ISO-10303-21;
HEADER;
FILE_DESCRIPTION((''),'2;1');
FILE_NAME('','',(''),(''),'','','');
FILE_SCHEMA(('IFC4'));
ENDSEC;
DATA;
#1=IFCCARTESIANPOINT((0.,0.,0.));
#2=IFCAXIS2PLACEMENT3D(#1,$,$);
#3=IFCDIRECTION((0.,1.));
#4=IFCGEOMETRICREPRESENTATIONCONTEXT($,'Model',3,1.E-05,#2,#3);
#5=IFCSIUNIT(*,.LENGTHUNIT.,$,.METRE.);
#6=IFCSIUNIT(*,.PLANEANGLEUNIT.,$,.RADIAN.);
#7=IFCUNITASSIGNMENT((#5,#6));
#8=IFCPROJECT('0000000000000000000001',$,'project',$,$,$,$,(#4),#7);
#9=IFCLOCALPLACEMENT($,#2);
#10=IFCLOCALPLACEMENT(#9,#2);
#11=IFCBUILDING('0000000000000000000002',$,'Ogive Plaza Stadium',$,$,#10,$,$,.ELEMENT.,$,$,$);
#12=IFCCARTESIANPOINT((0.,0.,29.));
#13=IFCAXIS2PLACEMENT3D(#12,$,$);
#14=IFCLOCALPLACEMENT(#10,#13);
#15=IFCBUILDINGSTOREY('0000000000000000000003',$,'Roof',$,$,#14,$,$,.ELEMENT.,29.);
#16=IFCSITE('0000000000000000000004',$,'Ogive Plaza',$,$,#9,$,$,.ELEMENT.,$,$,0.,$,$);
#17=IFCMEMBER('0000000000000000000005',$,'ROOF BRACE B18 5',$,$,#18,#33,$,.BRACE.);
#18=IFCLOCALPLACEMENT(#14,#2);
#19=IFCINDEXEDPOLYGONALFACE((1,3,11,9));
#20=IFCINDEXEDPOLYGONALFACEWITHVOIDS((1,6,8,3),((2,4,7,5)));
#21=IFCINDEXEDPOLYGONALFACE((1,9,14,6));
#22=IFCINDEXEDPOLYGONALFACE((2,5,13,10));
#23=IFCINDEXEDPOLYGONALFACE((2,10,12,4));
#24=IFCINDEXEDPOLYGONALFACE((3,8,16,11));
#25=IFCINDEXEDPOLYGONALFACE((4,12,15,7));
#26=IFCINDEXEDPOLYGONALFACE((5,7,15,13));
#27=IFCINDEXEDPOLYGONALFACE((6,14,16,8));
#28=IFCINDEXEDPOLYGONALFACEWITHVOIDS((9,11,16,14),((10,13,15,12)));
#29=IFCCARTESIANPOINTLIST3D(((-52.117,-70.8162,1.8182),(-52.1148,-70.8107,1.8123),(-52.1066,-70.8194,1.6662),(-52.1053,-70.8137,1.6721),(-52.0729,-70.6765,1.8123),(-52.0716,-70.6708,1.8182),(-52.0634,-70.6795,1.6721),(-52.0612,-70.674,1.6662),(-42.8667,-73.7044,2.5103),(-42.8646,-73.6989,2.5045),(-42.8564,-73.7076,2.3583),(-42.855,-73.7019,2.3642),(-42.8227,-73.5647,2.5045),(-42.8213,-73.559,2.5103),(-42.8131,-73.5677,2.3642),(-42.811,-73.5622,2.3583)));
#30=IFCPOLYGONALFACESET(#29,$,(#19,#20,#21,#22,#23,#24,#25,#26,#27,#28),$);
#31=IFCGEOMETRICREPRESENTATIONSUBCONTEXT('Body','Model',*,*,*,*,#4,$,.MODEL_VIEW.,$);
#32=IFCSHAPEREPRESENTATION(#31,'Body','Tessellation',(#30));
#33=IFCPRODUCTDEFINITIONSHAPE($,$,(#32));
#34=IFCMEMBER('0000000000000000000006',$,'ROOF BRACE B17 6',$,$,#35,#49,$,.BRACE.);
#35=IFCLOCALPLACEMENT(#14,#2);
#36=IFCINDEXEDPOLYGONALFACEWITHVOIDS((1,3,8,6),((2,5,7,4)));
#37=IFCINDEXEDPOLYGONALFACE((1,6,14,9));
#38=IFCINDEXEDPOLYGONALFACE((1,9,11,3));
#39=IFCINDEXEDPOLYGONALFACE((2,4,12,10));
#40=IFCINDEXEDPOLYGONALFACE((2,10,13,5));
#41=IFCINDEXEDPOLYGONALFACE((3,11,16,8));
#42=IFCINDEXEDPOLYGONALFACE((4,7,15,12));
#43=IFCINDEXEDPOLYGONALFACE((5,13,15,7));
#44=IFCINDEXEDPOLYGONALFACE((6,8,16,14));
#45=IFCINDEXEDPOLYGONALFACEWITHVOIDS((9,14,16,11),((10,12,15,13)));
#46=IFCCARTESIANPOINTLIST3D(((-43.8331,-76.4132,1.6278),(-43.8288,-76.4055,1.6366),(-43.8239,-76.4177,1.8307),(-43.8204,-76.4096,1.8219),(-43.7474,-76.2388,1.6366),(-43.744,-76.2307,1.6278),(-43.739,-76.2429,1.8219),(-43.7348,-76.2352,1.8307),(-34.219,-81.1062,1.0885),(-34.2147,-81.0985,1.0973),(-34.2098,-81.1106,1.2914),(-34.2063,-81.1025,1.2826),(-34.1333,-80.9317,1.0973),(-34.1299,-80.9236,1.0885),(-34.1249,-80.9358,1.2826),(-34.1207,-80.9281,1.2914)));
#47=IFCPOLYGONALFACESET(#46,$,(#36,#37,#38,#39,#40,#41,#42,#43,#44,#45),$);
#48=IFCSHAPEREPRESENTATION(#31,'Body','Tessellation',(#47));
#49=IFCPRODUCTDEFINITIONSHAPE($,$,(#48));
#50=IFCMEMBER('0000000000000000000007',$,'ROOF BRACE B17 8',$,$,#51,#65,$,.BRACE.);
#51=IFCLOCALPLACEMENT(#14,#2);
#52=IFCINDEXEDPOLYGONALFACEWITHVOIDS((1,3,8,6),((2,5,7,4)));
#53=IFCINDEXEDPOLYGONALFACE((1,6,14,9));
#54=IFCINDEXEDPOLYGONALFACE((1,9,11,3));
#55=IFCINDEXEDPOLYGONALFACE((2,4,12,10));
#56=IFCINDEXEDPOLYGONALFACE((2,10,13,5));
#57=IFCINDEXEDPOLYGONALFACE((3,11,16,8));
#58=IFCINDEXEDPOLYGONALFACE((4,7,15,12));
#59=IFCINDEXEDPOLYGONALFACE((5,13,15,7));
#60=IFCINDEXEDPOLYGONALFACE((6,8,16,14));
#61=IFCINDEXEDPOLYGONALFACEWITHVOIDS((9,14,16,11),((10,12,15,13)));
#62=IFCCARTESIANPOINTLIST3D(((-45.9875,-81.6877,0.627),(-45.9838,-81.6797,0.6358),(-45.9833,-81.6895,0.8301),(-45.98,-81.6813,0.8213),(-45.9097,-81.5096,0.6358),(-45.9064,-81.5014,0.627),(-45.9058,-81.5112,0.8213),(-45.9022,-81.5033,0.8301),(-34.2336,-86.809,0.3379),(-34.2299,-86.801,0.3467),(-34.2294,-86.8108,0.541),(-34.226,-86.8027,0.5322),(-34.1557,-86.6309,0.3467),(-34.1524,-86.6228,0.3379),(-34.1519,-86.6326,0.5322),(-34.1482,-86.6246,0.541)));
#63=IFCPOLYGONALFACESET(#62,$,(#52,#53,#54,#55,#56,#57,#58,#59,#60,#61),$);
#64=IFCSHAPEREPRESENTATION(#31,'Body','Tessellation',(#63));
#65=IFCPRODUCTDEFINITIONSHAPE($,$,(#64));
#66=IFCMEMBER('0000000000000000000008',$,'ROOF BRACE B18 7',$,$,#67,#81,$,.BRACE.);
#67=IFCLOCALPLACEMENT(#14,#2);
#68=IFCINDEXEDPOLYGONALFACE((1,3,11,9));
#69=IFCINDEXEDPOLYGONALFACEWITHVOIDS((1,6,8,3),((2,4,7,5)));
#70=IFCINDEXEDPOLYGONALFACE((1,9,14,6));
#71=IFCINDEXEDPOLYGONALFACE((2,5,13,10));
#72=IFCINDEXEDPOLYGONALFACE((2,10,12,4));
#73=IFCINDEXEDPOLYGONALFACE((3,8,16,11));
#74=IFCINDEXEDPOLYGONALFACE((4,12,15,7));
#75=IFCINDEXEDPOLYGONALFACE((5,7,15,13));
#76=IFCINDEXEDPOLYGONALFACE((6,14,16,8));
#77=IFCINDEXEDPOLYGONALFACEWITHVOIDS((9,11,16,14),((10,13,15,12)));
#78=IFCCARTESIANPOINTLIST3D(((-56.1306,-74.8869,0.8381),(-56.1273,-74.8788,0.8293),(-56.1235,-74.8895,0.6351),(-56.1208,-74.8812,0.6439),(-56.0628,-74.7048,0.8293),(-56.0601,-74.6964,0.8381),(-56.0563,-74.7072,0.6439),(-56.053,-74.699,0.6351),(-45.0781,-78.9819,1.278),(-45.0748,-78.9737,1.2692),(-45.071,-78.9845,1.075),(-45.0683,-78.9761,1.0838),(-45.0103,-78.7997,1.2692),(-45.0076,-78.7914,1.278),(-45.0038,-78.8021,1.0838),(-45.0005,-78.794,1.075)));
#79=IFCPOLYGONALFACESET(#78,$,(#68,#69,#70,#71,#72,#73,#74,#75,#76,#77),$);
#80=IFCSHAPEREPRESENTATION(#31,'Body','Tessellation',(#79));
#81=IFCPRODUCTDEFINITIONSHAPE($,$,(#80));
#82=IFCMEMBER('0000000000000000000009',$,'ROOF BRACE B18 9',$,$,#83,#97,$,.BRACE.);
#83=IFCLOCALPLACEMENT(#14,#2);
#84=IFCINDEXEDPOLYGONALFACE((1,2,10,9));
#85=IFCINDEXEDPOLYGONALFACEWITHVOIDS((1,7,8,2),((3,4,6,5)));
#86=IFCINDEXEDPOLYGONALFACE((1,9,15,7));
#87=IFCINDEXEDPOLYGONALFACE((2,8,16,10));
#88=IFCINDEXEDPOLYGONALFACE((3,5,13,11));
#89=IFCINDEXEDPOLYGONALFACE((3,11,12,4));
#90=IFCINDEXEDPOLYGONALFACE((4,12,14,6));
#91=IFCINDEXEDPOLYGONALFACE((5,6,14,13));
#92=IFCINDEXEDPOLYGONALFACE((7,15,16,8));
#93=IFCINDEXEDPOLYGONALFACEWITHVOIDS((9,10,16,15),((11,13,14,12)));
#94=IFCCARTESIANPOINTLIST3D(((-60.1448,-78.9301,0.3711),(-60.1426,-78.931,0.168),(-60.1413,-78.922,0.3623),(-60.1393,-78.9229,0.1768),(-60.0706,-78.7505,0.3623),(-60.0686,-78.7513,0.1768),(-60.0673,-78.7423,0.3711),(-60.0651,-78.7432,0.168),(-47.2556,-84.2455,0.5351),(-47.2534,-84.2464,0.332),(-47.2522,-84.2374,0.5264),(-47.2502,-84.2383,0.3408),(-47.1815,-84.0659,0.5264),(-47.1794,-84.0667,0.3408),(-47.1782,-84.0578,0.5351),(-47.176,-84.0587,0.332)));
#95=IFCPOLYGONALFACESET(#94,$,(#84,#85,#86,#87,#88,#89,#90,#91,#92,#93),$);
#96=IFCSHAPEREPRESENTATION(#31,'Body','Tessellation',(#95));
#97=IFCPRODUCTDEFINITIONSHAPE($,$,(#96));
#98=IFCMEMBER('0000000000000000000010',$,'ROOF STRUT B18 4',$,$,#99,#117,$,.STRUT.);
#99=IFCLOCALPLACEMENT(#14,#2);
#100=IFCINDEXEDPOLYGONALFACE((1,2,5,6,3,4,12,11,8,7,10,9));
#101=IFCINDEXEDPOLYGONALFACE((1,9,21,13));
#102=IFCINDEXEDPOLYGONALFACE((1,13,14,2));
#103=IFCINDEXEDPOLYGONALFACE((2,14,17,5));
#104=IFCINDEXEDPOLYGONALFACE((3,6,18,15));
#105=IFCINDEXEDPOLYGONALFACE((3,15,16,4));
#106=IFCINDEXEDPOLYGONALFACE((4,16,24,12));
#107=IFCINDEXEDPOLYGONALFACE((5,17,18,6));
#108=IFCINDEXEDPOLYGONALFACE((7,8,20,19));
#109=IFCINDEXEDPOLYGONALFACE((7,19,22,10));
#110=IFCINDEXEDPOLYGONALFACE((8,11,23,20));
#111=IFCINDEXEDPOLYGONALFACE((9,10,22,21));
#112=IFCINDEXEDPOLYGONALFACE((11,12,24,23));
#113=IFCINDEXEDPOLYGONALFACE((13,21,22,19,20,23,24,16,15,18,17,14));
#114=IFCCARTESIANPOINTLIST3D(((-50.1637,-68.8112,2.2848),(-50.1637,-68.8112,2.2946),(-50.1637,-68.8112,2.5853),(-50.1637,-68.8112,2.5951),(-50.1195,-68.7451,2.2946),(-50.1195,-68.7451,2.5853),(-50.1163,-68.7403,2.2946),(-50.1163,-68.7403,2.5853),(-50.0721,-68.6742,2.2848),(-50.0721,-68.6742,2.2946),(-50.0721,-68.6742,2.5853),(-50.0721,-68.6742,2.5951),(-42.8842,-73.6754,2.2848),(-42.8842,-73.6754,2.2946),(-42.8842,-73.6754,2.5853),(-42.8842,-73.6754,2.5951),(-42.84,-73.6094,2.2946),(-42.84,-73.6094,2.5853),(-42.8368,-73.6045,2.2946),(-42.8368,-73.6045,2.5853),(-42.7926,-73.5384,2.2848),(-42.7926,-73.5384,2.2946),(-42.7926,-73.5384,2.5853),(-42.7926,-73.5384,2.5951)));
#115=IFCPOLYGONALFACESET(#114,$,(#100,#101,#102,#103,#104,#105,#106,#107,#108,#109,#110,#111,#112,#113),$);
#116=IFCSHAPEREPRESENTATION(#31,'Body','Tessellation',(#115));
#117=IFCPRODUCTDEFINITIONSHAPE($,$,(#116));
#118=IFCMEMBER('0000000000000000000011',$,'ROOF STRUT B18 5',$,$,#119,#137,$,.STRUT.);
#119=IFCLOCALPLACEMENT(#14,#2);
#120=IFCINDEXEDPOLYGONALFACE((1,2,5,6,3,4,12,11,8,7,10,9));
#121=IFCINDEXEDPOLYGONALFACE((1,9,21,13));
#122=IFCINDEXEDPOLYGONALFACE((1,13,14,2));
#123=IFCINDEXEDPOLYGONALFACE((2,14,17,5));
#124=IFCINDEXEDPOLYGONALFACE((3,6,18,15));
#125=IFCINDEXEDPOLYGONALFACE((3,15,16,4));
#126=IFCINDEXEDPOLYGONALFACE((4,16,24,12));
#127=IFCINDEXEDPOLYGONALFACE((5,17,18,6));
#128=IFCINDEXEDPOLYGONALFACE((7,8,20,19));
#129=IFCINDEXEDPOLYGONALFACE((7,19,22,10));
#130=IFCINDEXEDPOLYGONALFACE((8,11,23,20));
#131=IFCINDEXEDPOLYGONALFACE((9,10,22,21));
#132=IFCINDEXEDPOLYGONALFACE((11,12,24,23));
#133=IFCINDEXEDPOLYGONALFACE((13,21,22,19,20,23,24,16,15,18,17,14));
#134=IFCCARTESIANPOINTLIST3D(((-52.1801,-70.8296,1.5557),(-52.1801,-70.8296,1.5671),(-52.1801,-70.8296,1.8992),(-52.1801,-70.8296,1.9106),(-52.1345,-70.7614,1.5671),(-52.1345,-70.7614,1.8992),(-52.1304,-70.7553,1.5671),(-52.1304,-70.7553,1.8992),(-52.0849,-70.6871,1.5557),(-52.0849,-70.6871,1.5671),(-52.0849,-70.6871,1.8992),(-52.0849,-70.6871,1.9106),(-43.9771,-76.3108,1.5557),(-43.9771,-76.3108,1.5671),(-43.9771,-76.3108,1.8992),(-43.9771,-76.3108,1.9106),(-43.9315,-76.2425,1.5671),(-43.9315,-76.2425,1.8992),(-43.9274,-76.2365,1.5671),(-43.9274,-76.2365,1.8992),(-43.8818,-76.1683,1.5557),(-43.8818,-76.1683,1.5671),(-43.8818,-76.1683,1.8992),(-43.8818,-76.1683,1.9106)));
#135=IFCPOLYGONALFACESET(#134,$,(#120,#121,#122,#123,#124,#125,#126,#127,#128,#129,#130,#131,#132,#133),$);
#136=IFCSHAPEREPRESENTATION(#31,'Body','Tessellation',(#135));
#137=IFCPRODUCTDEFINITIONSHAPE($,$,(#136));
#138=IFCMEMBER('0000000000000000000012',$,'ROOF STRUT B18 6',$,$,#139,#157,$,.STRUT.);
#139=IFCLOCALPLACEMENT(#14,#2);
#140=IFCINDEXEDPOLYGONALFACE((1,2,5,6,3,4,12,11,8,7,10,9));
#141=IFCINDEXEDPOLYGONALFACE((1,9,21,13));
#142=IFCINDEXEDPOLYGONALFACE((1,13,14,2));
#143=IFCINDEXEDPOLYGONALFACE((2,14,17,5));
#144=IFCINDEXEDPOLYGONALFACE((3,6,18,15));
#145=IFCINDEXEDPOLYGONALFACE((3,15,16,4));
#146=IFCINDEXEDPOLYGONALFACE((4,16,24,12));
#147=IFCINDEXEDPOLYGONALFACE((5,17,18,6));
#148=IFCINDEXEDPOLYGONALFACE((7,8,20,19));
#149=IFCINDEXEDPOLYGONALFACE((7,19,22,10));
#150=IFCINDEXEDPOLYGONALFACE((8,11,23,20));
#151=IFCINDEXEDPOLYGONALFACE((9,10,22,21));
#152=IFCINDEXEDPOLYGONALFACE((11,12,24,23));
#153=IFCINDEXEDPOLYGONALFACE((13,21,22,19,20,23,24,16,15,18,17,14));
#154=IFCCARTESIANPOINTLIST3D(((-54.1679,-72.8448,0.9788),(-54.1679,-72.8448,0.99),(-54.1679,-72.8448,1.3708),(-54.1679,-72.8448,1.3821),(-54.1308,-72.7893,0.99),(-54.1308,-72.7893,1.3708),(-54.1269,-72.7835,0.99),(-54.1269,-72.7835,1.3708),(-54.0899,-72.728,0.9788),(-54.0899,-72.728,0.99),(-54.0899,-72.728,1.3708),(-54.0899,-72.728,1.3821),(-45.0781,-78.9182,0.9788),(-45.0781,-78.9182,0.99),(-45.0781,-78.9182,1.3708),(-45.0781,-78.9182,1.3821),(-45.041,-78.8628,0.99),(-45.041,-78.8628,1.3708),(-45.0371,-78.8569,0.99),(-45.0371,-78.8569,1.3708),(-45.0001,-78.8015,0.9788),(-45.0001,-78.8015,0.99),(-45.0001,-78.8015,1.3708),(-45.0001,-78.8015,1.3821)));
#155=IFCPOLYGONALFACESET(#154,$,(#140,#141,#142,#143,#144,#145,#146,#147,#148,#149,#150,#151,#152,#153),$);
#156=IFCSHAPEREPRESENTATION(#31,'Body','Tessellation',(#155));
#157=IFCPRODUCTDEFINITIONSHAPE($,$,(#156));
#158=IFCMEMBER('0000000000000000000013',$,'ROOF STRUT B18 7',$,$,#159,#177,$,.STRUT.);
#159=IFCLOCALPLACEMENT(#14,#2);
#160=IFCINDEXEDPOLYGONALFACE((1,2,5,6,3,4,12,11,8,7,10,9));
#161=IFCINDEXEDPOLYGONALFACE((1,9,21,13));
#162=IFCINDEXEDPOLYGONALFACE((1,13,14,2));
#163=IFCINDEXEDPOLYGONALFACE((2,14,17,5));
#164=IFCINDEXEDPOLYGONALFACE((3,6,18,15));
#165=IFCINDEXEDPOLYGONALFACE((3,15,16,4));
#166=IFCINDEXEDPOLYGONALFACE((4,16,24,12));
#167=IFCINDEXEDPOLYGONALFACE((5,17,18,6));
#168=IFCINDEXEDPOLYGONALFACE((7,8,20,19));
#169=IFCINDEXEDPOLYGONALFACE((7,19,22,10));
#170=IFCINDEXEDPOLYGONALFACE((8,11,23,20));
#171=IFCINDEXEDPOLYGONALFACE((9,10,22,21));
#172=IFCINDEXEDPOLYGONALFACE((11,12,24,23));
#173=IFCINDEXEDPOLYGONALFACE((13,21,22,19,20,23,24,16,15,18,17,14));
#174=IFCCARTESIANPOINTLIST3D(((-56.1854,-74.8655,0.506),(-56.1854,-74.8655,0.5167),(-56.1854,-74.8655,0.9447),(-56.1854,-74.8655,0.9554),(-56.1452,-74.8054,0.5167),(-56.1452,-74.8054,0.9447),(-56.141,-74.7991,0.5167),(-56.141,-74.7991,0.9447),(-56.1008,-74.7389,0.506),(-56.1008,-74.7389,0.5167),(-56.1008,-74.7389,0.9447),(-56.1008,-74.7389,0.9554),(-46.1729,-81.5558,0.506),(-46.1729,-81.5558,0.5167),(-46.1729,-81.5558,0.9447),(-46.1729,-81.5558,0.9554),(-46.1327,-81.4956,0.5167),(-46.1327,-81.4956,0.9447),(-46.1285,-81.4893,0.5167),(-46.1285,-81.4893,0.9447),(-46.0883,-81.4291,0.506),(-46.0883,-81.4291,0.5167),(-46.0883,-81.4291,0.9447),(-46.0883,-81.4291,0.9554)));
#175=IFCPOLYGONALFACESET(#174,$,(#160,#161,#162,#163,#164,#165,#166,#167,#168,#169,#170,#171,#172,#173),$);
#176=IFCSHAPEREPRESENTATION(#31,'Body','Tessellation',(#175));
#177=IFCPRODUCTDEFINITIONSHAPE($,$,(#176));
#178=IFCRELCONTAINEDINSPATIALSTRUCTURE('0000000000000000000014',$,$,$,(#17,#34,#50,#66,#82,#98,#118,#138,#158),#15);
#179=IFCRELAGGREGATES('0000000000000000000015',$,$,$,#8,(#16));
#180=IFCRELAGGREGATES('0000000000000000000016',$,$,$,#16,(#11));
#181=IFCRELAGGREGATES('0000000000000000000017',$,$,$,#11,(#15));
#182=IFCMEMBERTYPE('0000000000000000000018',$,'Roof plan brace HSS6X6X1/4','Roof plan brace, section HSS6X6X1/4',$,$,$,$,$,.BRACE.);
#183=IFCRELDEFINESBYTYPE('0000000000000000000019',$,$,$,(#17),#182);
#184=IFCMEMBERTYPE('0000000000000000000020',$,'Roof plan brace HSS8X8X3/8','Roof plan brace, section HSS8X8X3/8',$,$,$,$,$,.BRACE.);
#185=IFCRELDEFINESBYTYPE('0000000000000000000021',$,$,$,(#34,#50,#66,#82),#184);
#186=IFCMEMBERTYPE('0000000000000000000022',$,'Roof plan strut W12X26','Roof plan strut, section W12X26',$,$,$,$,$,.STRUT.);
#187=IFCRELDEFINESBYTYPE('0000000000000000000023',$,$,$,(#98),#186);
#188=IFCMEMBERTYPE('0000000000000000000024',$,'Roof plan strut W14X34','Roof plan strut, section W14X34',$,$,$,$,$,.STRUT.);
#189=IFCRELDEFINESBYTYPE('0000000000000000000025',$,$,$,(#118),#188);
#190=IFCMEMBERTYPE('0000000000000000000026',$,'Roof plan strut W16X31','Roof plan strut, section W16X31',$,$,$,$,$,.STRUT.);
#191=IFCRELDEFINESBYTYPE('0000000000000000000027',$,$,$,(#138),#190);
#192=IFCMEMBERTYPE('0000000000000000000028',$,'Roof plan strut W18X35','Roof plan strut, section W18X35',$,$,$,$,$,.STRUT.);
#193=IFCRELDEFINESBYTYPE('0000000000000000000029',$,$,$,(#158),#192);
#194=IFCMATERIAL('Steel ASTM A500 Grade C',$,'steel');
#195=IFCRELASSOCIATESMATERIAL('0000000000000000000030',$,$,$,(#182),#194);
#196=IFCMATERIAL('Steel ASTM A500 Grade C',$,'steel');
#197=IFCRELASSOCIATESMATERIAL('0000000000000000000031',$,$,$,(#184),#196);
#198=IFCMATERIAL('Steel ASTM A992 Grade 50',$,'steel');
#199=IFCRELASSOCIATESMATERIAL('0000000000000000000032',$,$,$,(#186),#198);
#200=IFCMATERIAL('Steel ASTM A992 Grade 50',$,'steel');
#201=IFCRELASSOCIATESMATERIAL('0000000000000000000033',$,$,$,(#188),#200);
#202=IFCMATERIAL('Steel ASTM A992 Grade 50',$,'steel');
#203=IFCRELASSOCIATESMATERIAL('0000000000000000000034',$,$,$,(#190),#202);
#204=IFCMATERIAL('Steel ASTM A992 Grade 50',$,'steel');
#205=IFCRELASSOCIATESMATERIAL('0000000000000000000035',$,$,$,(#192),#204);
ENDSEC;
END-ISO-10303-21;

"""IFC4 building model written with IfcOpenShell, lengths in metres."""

from ifc_helpers import new_model, si_unit, direction, frame, origin, origin_2d, place, context, subcontext, project, spatial, hollow_rectangle, i_section, extrude, material, material_profile, profile_set, type_object, element, save


model = new_model("IFC4")

# Units and contexts
model_context = context("Model", 3, precision=1e-05, world=origin(), true_north=direction((0.0, 1.0)))
body_context = subcontext(model_context, "Body", "Model", "MODEL_VIEW")
ifc_project = project(units=[si_unit("LENGTHUNIT", "METRE"), si_unit("PLANEANGLEUNIT", "RADIAN")], contexts=[model_context])

# Site, building, storey
site_placement = place(None, origin())
site = spatial("IfcSite", under=ifc_project, at=site_placement, Name="Ogive Plaza", CompositionType="ELEMENT", RefElevation=0.0)
building_placement = place(site_placement, origin())
building = spatial("IfcBuilding", under=site, at=building_placement, Name="Ogive Plaza Stadium", CompositionType="ELEMENT")
storey_placement = place(building_placement, frame((0.0, 0.0, 29.0)))
storey = spatial("IfcBuildingStorey", under=building, at=storey_placement, Name="Roof", CompositionType="ELEMENT", Elevation=29.0)

# Members
ifc_material_1 = material(Name="Steel ASTM A500 Grade C", Category="steel")
ifc_material_profile_1 = material_profile(ifc_material_1, hollow_rectangle(XDim=0.1523, YDim=0.1523, WallThickness=0.0059, at=origin_2d()), Name="HSS6X6X1/4")
ifc_profile_set_1 = profile_set([ifc_material_profile_1], Name="Steel ASTM A500 Grade C")
member_type_1 = type_object("IfcMemberType", Name="Roof plan brace HSS6X6X1/4", Description="Roof plan brace, section HSS6X6X1/4", PredefinedType="BRACE", material=ifc_profile_set_1)
member_1_placement = place(storey_placement, frame((-42.8389, -73.6333, 2.4343), z_axis=(-0.952128, 0.297281, -0.071242), x_axis=(-0.298038, -0.954554, 0.0)))
element("IfcMember", 1, at=member_1_placement, inside=storey, type_object=member_type_1, Name="ROOF BRACE B18 5", PredefinedType="BRACE", context=body_context, shape_type="SweptSolid", body=[
    extrude(hollow_rectangle(XDim=0.1523, YDim=0.1523, WallThickness=0.0059, at=origin_2d()), origin(), (0.0, 0.0, 1.0), 9.7153),
])
ifc_material_2 = material(Name="Steel ASTM A500 Grade C", Category="steel")
ifc_material_profile_2 = material_profile(ifc_material_2, hollow_rectangle(XDim=0.2031, YDim=0.2031, WallThickness=0.0088, at=origin_2d()), Name="HSS8X8X3/8")
ifc_profile_set_2 = profile_set([ifc_material_profile_2], Name="Steel ASTM A500 Grade C")
member_type_2 = type_object("IfcMemberType", Name="Roof plan brace HSS8X8X3/8", Description="Roof plan brace, section HSS8X8X3/8", PredefinedType="BRACE", material=ifc_profile_set_2)
member_2_placement = place(storey_placement, frame((-43.7839, -76.3242, 1.7292), z_axis=(0.897514, -0.438102, -0.050347), x_axis=(0.438658, 0.898654, 0.0)))
element("IfcMember", 2, at=member_2_placement, inside=storey, type_object=member_type_2, Name="ROOF BRACE B17 6", PredefinedType="BRACE", context=body_context, shape_type="SweptSolid", body=[
    extrude(hollow_rectangle(XDim=0.2031, YDim=0.2031, WallThickness=0.0088, at=origin_2d()), origin(), (0.0, 0.0, 1.0), 10.7119),
])
member_3_placement = place(storey_placement, frame((-45.9448, -81.5955, 0.7285), z_axis=(0.916525, -0.399342, -0.02254), x_axis=(0.399444, 0.916758, 0.0)))
element("IfcMember", 3, at=member_3_placement, inside=storey, type_object=member_type_2, Name="ROOF BRACE B17 8", PredefinedType="BRACE", context=body_context, shape_type="SweptSolid", body=[
    extrude(hollow_rectangle(XDim=0.2031, YDim=0.2031, WallThickness=0.0088, at=origin_2d()), origin(), (0.0, 0.0, 1.0), 12.8245),
])
member_4_placement = place(storey_placement, frame((-45.0393, -78.8879, 1.1765), z_axis=(-0.937056, 0.347181, -0.037299), x_axis=(-0.347423, -0.937709, 0.0)))
element("IfcMember", 4, at=member_4_placement, inside=storey, type_object=member_type_2, Name="ROOF BRACE B18 7", PredefinedType="BRACE", context=body_context, shape_type="SweptSolid", body=[
    extrude(hollow_rectangle(XDim=0.2031, YDim=0.2031, WallThickness=0.0088, at=origin_2d()), origin(), (0.0, 0.0, 1.0), 11.7949),
])
member_5_placement = place(storey_placement, frame((-47.2158, -84.1521, 0.4336), z_axis=(-0.924409, 0.381222, -0.011767), x_axis=(-0.381248, -0.924473, 0.0)))
element("IfcMember", 5, at=member_5_placement, inside=storey, type_object=member_type_2, Name="ROOF BRACE B18 9", PredefinedType="BRACE", context=body_context, shape_type="SweptSolid", body=[
    extrude(hollow_rectangle(XDim=0.2031, YDim=0.2031, WallThickness=0.0088, at=origin_2d()), origin(), (0.0, 0.0, 1.0), 13.9431),
])
ifc_material_3 = material(Name="Steel ASTM A992 Grade 50", Category="steel")
ifc_material_profile_3 = material_profile(ifc_material_3, i_section(OverallWidth=0.1648, OverallDepth=0.3103, WebThickness=0.0059, FlangeThickness=0.0098, at=origin_2d()), Name="W12X26")
ifc_profile_set_3 = profile_set([ifc_material_profile_3], Name="Steel ASTM A992 Grade 50")
member_type_3 = type_object("IfcMemberType", Name="Roof plan strut W12X26", Description="Roof plan strut, section W12X26", PredefinedType="STRUT", material=ifc_profile_set_3)
member_6_placement = place(storey_placement, frame((-42.8384, -73.6069, 2.4399), z_axis=(-0.831458, 0.555588, 0.0), x_axis=(-0.555588, -0.831458, 0.0)))
element("IfcMember", 6, at=member_6_placement, inside=storey, type_object=member_type_3, Name="ROOF STRUT B18 4", PredefinedType="STRUT", context=body_context, shape_type="SweptSolid", body=[
    extrude(i_section(OverallWidth=0.1648, OverallDepth=0.3103, WebThickness=0.0059, FlangeThickness=0.0098, at=origin_2d()), origin(), (0.0, 0.0, 1.0), 8.7551),
])
ifc_material_4 = material(Name="Steel ASTM A992 Grade 50", Category="steel")
ifc_material_profile_4 = material_profile(ifc_material_4, i_section(OverallWidth=0.1714, OverallDepth=0.355, WebThickness=0.0073, FlangeThickness=0.0115, at=origin_2d()), Name="W14X34")
ifc_profile_set_4 = profile_set([ifc_material_profile_4], Name="Steel ASTM A992 Grade 50")
member_type_4 = type_object("IfcMemberType", Name="Roof plan strut W14X34", Description="Roof plan strut, section W14X34", PredefinedType="STRUT", material=ifc_profile_set_4)
member_7_placement = place(storey_placement, frame((-43.9294, -76.2395, 1.7332), z_axis=(-0.831467, 0.555574, 0.0), x_axis=(-0.555574, -0.831467, 0.0)))
element("IfcMember", 7, at=member_7_placement, inside=storey, type_object=member_type_4, Name="ROOF STRUT B18 5", PredefinedType="STRUT", context=body_context, shape_type="SweptSolid", body=[
    extrude(i_section(OverallWidth=0.1714, OverallDepth=0.355, WebThickness=0.0073, FlangeThickness=0.0115, at=origin_2d()), origin(), (0.0, 0.0, 1.0), 9.8657),
])
ifc_material_5 = material(Name="Steel ASTM A992 Grade 50", Category="steel")
ifc_material_profile_5 = material_profile(ifc_material_5, i_section(OverallWidth=0.1404, OverallDepth=0.4033, WebThickness=0.0071, FlangeThickness=0.0112, at=origin_2d()), Name="W16X31")
ifc_profile_set_5 = profile_set([ifc_material_profile_5], Name="Steel ASTM A992 Grade 50")
member_type_5 = type_object("IfcMemberType", Name="Roof plan strut W16X31", Description="Roof plan strut, section W16X31", PredefinedType="STRUT", material=ifc_profile_set_5)
member_8_placement = place(storey_placement, frame((-45.0391, -78.8599, 1.1804), z_axis=(-0.831476, 0.555561, 0.0), x_axis=(-0.555561, -0.831476, 0.0)))
element("IfcMember", 8, at=member_8_placement, inside=storey, type_object=member_type_5, Name="ROOF STRUT B18 6", PredefinedType="STRUT", context=body_context, shape_type="SweptSolid", body=[
    extrude(i_section(OverallWidth=0.1404, OverallDepth=0.4033, WebThickness=0.0071, FlangeThickness=0.0112, at=origin_2d()), origin(), (0.0, 0.0, 1.0), 10.9321),
])
ifc_material_6 = material(Name="Steel ASTM A992 Grade 50", Category="steel")
ifc_material_profile_6 = material_profile(ifc_material_6, i_section(OverallWidth=0.1523, OverallDepth=0.4495, WebThickness=0.0076, FlangeThickness=0.0107, at=origin_2d()), Name="W18X35")
ifc_profile_set_6 = profile_set([ifc_material_profile_6], Name="Steel ASTM A992 Grade 50")
member_type_6 = type_object("IfcMemberType", Name="Roof plan strut W18X35", Description="Roof plan strut, section W18X35", PredefinedType="STRUT", material=ifc_profile_set_6)
member_9_placement = place(storey_placement, frame((-46.1306, -81.4924, 0.7307), z_axis=(-0.831467, 0.555575, 0.0), x_axis=(-0.555575, -0.831467, 0.0)))
element("IfcMember", 9, at=member_9_placement, inside=storey, type_object=member_type_6, Name="ROOF STRUT B18 7", PredefinedType="STRUT", context=body_context, shape_type="SweptSolid", body=[
    extrude(i_section(OverallWidth=0.1523, OverallDepth=0.4495, WebThickness=0.0076, FlangeThickness=0.0107, at=origin_2d()), origin(), (0.0, 0.0, 1.0), 12.042),
])

save(model, "model.ifc")
